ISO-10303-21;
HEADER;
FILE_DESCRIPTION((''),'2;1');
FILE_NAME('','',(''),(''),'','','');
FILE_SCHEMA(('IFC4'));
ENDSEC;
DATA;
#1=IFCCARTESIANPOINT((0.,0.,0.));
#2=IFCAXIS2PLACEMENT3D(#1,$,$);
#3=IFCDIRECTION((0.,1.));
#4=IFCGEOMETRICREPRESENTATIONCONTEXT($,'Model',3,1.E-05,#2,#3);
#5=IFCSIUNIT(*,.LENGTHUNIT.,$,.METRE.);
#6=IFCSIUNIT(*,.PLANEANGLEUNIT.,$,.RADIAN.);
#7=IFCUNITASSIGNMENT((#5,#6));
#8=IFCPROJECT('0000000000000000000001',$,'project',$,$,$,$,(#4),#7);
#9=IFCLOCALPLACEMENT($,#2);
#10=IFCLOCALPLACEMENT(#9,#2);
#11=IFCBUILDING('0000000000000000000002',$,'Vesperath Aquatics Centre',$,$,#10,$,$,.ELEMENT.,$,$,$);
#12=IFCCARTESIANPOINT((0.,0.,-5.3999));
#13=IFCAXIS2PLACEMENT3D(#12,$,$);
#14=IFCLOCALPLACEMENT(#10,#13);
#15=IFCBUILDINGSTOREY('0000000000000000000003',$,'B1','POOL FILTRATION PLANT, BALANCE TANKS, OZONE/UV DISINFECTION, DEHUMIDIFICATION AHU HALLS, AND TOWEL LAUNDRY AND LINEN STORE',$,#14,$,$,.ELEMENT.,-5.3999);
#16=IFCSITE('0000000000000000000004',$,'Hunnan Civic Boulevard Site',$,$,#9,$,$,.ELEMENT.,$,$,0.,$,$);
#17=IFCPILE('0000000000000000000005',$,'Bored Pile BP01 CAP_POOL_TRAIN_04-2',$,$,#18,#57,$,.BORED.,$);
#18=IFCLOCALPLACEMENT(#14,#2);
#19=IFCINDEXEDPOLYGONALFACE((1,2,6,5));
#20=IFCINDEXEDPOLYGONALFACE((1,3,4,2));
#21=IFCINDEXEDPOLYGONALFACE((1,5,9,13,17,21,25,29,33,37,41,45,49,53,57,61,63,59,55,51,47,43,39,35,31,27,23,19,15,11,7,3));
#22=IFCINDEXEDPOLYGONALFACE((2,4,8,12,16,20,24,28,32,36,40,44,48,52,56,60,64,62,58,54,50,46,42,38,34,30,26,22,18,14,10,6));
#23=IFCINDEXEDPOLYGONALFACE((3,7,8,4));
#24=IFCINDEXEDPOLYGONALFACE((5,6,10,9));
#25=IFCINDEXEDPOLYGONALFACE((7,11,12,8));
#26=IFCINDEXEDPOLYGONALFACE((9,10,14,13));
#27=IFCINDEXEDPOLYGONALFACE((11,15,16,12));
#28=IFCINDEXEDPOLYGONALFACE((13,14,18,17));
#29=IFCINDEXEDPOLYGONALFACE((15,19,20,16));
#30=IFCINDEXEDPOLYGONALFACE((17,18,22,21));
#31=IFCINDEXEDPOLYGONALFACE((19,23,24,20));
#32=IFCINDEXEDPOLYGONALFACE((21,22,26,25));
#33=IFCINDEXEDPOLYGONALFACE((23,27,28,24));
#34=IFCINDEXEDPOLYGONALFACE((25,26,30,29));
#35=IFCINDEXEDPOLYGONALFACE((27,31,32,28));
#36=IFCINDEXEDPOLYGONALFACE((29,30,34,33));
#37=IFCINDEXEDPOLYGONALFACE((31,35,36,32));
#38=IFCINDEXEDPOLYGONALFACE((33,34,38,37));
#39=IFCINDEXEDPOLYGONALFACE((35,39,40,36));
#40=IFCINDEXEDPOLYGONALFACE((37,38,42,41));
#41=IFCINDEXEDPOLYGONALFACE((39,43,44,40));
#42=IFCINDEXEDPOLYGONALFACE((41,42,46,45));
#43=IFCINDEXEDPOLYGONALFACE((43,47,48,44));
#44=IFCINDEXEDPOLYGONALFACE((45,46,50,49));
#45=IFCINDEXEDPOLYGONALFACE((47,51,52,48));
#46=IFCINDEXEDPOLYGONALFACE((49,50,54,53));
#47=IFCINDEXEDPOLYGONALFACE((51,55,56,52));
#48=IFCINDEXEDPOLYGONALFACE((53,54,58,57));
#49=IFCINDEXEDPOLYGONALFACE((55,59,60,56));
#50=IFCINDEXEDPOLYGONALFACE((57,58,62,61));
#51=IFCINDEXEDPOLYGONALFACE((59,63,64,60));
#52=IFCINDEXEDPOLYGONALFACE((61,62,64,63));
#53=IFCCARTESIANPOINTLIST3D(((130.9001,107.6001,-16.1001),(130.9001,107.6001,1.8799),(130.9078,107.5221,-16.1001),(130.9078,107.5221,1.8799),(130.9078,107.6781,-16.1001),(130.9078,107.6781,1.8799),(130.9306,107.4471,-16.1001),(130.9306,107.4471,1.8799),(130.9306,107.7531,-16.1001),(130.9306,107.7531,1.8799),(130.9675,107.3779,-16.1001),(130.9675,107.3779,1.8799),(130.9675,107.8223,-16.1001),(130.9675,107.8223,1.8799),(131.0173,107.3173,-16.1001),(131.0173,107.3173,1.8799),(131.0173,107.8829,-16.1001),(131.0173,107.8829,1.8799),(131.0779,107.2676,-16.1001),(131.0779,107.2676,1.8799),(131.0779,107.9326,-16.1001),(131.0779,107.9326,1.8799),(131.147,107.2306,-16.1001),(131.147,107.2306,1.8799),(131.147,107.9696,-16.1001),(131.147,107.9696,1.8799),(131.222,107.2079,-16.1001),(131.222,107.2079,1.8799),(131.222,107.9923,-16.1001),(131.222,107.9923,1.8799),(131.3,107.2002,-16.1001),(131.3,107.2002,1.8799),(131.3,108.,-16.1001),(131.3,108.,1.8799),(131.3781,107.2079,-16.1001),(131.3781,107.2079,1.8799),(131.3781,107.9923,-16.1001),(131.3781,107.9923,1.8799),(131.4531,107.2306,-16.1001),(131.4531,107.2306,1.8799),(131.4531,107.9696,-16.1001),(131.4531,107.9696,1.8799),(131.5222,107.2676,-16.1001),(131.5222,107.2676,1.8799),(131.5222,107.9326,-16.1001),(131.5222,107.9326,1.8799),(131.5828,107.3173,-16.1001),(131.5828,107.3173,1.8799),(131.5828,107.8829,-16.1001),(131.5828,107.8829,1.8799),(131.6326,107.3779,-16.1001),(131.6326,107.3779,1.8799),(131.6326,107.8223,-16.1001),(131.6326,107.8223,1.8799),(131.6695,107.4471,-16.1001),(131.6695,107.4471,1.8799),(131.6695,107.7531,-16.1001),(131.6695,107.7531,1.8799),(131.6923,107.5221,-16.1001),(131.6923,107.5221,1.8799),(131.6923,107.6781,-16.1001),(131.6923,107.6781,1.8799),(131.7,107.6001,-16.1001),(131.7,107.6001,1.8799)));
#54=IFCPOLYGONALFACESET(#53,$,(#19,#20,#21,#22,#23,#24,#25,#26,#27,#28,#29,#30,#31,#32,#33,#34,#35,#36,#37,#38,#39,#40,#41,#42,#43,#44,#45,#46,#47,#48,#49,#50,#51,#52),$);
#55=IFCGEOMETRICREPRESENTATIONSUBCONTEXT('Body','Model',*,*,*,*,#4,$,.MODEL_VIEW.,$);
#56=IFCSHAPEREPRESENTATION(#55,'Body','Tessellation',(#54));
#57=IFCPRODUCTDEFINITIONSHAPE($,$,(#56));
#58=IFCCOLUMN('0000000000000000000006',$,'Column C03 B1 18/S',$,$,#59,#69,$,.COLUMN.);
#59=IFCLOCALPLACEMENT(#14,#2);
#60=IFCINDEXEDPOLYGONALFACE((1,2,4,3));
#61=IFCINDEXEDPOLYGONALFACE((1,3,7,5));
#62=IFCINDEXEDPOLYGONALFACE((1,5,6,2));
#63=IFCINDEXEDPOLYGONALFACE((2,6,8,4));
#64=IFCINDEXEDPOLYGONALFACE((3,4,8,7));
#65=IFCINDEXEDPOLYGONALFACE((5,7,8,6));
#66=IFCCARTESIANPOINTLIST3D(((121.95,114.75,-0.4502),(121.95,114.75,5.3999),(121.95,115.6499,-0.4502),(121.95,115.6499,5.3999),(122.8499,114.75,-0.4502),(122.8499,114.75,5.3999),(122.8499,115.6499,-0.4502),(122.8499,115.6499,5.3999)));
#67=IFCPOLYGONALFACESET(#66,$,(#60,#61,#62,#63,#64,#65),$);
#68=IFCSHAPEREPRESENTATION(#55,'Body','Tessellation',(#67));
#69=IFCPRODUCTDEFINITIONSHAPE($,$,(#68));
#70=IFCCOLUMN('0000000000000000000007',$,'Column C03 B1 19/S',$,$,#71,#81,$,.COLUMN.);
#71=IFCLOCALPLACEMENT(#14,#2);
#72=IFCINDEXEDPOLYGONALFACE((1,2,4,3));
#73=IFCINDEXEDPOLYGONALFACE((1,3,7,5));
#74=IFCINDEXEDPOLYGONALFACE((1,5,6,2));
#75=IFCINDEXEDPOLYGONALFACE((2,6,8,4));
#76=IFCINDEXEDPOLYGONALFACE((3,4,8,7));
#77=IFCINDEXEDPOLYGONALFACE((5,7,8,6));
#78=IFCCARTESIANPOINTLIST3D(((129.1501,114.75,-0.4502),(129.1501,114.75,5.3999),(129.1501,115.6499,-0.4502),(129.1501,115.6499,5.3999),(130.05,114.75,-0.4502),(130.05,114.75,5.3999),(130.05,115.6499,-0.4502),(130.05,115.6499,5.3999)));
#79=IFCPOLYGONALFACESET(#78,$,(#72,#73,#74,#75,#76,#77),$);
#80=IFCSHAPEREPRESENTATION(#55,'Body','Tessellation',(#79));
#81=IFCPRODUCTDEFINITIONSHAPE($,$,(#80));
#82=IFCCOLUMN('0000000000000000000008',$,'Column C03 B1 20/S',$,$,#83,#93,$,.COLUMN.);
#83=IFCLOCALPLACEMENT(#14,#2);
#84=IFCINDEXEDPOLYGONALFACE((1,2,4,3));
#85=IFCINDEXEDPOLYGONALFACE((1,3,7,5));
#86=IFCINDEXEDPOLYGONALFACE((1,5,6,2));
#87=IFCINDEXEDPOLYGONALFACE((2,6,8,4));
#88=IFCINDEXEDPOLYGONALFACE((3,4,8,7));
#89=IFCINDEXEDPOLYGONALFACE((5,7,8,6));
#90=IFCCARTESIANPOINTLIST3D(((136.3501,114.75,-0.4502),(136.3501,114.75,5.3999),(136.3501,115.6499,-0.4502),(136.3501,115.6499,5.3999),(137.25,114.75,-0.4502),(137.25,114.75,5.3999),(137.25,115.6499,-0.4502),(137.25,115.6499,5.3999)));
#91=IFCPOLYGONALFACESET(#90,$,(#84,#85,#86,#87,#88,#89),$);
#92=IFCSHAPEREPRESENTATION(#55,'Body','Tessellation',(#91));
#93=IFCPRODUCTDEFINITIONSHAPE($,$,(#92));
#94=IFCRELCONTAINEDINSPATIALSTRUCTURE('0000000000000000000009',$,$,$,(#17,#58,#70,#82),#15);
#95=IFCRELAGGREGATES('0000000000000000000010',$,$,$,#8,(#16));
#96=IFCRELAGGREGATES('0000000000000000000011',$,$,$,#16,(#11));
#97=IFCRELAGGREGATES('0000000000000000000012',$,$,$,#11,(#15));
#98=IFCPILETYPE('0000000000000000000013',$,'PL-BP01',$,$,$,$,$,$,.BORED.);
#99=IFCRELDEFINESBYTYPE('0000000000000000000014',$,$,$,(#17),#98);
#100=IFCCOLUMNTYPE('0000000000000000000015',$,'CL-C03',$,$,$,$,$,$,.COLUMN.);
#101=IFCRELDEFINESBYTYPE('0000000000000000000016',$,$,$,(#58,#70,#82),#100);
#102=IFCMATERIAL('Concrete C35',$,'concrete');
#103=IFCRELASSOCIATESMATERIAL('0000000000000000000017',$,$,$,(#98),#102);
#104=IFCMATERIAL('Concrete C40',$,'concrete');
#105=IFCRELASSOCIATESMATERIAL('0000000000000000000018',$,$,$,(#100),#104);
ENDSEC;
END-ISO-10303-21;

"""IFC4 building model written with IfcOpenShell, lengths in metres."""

from ifc_helpers import new_model, si_unit, direction, frame, origin, origin_2d, place, context, subcontext, project, spatial, rectangle, circle, extrude, material, material_profile, profile_set, type_object, element, save


model = new_model("IFC4")

# Units and contexts
model_context = context("Model", 3, precision=1e-05, world=origin(), true_north=direction((0.0, 1.0)))
body_context = subcontext(model_context, "Body", "Model", "MODEL_VIEW")
ifc_project = project(units=[si_unit("LENGTHUNIT", "METRE"), si_unit("PLANEANGLEUNIT", "RADIAN")], contexts=[model_context])

# Site, building, storey
site_placement = place(None, origin())
site = spatial("IfcSite", under=ifc_project, at=site_placement, Name="Hunnan Civic Boulevard Site", CompositionType="ELEMENT", RefElevation=0.0)
building_placement = place(site_placement, origin())
building = spatial("IfcBuilding", under=site, at=building_placement, Name="Vesperath Aquatics Centre", CompositionType="ELEMENT")
storey_placement = place(building_placement, frame((0.0, 0.0, -5.3999)))
storey = spatial("IfcBuildingStorey", under=building, at=storey_placement, Name="B1", Description="POOL FILTRATION PLANT, BALANCE TANKS, OZONE/UV DISINFECTION, DEHUMIDIFICATION AHU HALLS, AND TOWEL LAUNDRY AND LINEN STORE", CompositionType="ELEMENT", Elevation=-5.3999)

# Shared definitions
ifc_material_1 = material(Name="Concrete C40", Category="concrete")

# Pile
ifc_material_2 = material(Name="Concrete C35", Category="concrete")
ifc_material_profile_1 = material_profile(ifc_material_2, circle(Radius=0.3999, at=origin_2d()), Name="PILE D800")
ifc_profile_set_1 = profile_set([ifc_material_profile_1], Name="Concrete C35")
pile_type = type_object("IfcPileType", Name="PL-BP01", PredefinedType="BORED", material=ifc_profile_set_1)
for number, where, z_axis, x_axis, name in (
    (1, (131.3, 107.6001, 1.8799), (0.0, 0.0, -1.0), (1.0, 0.0, 0.0), "Bored Pile BP01 CAP_POOL_TRAIN_04-2"),
):
    element("IfcPile", number, at=place(storey_placement, frame(where, z_axis=z_axis, x_axis=x_axis)), inside=storey, type_object=pile_type, Name=name, PredefinedType="BORED", context=body_context, shape_type="SweptSolid", body=[
        extrude(circle(Radius=0.3999, at=origin_2d()), origin(), (0.0, 0.0, 1.0), 17.98),
    ])

# Columns
ifc_material_profile_2 = material_profile(ifc_material_1, rectangle(XDim=0.8999, YDim=0.8999, at=origin_2d()), Name="RC 900x900")
ifc_profile_set_2 = profile_set([ifc_material_profile_2], Name="Concrete C40")
column_type = type_object("IfcColumnType", Name="CL-C03", PredefinedType="COLUMN", material=ifc_profile_set_2)
for number, where, z_axis, x_axis, name in (
    (2, (122.3999, 115.2, -0.4502), (0.0, 0.0, 1.0), (1.0, 0.0, 0.0), "Column C03 B1 18/S"),
    (3, (129.6001, 115.2, -0.4502), (0.0, 0.0, 1.0), (1.0, 0.0, 0.0), "Column C03 B1 19/S"),
    (4, (136.8, 115.2, -0.4502), (0.0, 0.0, 1.0), (1.0, 0.0, 0.0), "Column C03 B1 20/S"),
):
    element("IfcColumn", number, at=place(storey_placement, frame(where, z_axis=z_axis, x_axis=x_axis)), inside=storey, type_object=column_type, Name=name, PredefinedType="COLUMN", context=body_context, shape_type="SweptSolid", body=[
        extrude(rectangle(XDim=0.8999, YDim=0.8999, at=origin_2d()), origin(), (0.0, 0.0, 1.0), 5.8501),
    ])

save(model, "model.ifc")
